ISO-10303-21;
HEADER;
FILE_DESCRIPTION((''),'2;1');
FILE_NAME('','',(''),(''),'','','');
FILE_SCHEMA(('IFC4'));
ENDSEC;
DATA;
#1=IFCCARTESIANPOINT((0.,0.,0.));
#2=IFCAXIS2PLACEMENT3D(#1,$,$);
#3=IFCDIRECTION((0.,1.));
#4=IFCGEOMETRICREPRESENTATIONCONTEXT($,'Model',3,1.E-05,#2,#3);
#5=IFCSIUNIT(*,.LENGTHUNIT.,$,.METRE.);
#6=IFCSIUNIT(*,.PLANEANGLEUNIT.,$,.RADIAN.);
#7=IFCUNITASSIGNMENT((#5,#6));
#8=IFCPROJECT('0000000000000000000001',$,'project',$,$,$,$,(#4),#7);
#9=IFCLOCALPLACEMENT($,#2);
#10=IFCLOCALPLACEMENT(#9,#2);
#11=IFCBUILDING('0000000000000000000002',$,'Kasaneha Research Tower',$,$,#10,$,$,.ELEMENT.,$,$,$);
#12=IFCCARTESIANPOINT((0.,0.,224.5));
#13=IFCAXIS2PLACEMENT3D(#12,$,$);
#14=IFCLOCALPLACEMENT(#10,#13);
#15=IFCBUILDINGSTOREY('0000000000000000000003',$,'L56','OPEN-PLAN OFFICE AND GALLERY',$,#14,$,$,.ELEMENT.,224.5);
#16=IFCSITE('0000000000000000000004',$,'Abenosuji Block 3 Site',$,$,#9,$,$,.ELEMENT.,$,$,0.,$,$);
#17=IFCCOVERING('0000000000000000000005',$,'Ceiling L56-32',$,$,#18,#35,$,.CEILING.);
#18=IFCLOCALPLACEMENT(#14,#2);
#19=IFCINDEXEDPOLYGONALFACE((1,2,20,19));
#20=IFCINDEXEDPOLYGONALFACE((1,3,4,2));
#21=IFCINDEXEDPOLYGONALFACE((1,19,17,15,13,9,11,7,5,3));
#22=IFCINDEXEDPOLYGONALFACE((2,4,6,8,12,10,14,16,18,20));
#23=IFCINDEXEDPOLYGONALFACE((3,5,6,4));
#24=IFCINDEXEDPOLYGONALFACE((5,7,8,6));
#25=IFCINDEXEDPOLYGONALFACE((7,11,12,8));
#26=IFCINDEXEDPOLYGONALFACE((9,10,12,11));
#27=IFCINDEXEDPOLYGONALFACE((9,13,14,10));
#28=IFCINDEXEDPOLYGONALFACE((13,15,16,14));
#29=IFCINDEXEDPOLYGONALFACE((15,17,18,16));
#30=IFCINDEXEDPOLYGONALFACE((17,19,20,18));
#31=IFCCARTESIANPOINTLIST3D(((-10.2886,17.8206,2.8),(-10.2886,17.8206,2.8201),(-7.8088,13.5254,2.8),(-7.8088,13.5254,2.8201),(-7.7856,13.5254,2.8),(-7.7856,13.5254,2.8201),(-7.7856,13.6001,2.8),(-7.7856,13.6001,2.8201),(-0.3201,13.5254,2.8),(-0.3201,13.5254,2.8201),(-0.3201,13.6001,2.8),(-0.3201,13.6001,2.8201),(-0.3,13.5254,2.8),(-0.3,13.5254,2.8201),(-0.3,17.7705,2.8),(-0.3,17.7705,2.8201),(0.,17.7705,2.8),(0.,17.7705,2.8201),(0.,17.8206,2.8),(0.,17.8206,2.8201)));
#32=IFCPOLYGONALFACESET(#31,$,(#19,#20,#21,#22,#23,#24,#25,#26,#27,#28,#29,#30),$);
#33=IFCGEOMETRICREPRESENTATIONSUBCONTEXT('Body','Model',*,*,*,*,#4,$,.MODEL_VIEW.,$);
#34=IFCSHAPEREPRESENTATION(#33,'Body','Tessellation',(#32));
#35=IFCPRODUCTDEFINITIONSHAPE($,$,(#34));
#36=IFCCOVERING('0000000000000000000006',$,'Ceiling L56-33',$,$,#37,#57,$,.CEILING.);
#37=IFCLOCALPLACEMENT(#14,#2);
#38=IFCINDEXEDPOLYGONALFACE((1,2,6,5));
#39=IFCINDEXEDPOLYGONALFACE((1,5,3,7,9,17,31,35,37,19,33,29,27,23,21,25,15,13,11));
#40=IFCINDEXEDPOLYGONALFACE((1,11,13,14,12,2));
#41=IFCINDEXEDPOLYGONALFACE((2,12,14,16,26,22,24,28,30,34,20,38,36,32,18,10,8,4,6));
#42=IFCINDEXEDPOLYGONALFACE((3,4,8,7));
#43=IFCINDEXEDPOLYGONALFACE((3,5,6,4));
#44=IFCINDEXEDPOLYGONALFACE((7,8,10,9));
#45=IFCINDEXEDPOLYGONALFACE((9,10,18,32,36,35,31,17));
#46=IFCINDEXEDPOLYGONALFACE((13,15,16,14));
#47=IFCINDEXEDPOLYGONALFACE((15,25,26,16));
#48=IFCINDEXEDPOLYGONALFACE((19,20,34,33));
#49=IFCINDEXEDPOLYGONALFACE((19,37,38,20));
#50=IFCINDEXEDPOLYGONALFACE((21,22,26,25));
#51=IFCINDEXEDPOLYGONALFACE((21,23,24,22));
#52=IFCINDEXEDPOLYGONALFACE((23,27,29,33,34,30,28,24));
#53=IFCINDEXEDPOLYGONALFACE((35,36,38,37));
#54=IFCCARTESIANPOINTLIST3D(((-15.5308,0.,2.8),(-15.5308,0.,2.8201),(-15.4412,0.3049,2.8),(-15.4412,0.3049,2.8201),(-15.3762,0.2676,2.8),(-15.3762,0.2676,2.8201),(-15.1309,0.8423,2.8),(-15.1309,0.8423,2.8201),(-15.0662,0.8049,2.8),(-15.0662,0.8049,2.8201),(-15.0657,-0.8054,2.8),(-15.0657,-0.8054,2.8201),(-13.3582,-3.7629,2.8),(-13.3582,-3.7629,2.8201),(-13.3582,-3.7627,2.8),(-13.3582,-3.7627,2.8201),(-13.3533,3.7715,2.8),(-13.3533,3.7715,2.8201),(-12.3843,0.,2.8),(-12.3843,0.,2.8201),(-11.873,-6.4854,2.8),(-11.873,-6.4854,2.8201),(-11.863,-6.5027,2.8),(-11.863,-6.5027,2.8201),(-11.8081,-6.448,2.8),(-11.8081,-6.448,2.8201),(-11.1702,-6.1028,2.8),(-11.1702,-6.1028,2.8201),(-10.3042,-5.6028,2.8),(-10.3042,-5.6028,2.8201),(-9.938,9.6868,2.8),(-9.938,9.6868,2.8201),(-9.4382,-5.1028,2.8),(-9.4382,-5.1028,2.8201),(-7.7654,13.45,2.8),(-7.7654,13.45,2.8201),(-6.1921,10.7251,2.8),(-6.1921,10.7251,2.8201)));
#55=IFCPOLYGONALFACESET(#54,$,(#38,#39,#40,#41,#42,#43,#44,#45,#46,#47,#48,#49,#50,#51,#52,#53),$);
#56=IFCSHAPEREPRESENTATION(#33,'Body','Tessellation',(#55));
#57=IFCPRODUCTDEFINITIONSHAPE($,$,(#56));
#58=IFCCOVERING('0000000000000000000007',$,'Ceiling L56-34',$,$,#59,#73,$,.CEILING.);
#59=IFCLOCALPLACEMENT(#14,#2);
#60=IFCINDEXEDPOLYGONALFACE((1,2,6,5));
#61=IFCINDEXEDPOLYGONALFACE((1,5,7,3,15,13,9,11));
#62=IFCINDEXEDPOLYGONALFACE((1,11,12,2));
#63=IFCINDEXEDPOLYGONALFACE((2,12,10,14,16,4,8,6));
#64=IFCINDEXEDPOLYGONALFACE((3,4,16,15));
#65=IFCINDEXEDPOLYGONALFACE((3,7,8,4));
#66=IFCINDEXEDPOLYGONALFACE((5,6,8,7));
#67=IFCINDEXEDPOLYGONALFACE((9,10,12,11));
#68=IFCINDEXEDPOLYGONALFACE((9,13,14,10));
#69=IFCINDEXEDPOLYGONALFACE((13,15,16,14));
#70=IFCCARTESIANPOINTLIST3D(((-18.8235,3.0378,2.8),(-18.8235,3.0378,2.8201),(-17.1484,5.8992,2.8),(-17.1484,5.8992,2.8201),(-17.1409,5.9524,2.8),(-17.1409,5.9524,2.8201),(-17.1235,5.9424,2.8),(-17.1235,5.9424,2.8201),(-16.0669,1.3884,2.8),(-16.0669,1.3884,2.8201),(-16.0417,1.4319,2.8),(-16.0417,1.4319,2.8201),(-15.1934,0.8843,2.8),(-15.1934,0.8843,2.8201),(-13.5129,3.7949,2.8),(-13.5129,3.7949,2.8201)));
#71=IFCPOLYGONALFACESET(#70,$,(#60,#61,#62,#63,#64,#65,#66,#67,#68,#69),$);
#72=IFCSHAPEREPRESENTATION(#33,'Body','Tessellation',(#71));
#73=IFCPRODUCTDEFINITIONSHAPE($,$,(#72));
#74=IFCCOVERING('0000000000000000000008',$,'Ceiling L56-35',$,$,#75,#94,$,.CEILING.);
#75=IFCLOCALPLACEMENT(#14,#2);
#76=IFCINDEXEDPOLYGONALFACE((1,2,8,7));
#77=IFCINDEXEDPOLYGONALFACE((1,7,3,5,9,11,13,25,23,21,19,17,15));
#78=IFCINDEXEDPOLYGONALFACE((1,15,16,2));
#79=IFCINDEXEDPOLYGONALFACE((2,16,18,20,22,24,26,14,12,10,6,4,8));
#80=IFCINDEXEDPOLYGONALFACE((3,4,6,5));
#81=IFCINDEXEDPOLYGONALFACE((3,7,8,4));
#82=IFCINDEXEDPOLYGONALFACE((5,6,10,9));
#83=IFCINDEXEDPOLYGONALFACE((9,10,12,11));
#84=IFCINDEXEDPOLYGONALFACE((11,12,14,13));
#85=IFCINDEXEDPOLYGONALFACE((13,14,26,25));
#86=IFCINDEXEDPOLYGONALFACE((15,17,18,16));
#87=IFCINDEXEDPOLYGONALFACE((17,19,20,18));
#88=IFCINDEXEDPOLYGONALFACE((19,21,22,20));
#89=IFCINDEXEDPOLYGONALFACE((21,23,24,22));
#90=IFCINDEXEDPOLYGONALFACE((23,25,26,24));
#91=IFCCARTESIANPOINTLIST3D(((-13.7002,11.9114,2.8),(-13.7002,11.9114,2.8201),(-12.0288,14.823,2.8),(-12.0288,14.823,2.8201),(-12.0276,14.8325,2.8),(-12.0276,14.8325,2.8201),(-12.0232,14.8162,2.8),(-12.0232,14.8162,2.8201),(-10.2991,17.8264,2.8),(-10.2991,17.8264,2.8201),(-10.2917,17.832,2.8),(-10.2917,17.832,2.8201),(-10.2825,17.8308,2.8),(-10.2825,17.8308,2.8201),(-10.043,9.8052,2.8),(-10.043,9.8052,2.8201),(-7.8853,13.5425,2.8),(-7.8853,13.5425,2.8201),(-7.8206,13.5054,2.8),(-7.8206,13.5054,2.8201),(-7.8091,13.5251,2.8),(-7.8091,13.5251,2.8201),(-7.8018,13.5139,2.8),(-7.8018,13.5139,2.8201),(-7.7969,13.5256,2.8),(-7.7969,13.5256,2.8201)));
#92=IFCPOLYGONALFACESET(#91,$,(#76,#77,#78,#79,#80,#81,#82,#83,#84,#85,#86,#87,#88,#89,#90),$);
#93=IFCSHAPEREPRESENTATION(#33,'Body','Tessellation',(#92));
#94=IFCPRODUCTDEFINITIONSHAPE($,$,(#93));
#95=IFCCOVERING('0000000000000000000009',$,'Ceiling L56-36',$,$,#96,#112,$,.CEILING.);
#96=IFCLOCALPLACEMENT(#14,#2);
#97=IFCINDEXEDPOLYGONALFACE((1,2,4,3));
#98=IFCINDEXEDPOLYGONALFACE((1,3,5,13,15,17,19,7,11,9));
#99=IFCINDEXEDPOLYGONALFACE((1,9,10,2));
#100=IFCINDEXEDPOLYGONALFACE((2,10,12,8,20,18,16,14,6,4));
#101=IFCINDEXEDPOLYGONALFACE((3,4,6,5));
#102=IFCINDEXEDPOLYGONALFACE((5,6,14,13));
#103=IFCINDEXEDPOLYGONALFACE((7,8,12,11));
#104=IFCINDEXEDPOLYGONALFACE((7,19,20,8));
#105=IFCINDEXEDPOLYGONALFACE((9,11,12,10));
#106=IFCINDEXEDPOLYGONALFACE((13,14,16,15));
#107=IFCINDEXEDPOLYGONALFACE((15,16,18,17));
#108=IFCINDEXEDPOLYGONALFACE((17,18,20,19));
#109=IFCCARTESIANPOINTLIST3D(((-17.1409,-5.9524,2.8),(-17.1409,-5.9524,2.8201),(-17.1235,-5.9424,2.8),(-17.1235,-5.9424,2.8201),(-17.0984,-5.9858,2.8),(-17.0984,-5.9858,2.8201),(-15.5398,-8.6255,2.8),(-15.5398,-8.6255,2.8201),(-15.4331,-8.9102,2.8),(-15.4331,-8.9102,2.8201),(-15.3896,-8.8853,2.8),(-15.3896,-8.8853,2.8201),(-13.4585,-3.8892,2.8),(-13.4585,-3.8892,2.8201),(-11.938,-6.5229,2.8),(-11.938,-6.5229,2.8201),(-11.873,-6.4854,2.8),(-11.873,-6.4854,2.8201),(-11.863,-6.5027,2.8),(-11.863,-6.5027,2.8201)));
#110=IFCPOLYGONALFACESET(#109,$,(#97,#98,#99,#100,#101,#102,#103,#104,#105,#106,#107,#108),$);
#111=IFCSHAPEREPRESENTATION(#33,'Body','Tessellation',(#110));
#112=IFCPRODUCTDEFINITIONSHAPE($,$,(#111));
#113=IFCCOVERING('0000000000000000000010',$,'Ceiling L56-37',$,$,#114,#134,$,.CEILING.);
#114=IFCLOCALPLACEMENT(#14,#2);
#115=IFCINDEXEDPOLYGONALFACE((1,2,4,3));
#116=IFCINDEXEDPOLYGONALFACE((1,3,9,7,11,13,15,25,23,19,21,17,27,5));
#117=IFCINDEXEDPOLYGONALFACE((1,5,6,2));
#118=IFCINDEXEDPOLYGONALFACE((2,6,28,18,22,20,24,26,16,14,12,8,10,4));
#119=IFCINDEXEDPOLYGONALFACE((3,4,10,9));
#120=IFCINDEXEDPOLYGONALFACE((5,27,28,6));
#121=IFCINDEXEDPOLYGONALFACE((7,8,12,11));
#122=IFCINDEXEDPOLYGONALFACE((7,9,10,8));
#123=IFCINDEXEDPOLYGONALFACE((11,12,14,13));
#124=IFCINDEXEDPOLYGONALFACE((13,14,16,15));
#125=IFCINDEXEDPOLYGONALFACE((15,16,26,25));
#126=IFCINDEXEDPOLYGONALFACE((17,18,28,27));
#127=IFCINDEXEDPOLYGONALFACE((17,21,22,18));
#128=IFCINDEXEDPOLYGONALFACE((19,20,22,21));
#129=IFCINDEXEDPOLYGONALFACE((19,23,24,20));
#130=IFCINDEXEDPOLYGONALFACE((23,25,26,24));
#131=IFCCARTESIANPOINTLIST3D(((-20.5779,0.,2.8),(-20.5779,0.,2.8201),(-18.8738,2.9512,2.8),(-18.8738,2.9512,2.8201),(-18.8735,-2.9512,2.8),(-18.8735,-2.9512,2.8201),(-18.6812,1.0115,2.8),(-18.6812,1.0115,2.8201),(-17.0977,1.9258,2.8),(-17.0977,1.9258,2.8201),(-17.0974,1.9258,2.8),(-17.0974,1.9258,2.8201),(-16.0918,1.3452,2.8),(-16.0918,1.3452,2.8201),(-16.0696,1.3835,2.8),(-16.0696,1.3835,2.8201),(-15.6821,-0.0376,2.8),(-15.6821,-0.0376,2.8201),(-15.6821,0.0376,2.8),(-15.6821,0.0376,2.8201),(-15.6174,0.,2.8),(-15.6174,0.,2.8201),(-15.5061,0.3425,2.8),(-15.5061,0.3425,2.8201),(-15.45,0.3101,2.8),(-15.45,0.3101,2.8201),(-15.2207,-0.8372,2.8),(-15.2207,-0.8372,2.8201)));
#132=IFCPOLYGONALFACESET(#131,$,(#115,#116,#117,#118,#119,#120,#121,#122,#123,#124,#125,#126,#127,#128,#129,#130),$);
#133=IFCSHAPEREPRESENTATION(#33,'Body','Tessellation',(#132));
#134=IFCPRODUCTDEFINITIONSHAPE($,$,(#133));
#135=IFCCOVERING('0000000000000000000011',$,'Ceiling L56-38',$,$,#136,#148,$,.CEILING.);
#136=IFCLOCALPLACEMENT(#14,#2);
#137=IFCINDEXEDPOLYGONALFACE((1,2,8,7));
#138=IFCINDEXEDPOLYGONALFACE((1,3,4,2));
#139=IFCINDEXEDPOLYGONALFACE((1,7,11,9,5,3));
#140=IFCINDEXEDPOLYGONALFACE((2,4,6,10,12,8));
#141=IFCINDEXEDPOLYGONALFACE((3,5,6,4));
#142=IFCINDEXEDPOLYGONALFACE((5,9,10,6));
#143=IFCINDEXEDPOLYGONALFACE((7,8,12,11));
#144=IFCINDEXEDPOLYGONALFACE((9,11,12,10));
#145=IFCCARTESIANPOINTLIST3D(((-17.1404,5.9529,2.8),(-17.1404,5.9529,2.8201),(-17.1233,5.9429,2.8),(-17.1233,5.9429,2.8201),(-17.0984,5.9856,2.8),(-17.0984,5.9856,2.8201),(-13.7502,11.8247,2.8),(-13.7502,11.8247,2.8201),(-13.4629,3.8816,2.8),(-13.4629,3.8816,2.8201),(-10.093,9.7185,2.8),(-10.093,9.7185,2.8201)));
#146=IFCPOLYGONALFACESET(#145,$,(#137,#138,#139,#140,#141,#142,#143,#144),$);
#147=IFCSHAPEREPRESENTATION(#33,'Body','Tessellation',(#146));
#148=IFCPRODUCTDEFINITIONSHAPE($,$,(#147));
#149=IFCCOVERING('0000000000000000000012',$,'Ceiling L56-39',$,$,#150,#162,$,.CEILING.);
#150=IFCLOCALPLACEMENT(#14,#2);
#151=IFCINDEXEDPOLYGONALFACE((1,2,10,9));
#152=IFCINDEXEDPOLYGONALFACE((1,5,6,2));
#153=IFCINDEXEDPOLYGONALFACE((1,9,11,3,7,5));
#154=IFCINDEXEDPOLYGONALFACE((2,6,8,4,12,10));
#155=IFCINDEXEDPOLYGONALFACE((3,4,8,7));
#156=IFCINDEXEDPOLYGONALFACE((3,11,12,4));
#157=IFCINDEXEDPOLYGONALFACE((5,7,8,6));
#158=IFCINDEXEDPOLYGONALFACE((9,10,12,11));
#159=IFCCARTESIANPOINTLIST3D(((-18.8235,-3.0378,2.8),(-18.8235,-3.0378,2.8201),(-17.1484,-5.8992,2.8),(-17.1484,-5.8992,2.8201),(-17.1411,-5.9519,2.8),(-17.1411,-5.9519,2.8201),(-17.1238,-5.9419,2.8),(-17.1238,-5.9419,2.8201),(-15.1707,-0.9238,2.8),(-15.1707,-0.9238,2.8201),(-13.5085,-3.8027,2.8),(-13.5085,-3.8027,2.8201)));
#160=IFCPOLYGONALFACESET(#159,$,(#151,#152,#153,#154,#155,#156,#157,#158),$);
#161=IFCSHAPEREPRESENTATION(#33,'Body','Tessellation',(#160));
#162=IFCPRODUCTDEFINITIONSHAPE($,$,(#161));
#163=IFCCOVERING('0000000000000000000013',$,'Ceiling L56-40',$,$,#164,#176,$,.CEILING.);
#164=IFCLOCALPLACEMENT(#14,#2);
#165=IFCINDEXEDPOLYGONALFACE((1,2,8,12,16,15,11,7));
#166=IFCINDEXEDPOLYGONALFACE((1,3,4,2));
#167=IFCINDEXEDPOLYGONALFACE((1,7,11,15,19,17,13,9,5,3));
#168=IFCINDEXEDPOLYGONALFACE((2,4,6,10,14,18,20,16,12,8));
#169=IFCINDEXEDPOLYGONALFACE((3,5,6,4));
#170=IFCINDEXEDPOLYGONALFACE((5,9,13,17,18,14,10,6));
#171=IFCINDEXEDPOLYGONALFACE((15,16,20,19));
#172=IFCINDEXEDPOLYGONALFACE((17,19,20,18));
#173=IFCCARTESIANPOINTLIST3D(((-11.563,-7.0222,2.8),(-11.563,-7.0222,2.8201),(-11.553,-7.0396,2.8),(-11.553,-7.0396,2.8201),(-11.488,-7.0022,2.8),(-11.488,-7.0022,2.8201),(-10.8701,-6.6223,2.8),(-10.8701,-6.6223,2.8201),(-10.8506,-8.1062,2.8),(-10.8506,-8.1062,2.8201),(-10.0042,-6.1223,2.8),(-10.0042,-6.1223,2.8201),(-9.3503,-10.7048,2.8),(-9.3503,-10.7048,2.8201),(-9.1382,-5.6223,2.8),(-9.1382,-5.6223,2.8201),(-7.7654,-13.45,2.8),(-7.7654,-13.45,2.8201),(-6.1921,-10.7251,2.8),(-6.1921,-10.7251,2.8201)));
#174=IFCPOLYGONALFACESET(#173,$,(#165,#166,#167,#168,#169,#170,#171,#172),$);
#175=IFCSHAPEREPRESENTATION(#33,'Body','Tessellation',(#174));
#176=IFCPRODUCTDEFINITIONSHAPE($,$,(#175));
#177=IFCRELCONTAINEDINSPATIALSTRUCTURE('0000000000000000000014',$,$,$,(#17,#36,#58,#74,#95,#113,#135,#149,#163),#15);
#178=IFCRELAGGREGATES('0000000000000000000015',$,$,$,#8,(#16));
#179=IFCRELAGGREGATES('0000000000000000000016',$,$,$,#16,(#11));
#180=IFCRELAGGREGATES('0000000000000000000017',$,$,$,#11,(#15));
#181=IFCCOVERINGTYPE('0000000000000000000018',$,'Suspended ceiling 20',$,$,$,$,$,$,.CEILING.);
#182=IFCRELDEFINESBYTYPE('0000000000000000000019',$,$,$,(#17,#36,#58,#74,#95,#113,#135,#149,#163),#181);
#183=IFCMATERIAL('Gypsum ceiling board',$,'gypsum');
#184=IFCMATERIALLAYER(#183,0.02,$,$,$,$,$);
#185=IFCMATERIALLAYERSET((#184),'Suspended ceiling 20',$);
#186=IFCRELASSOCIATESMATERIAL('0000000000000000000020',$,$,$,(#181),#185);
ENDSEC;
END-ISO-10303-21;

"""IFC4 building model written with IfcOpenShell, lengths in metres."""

from ifc_helpers import new_model, si_unit, direction, frame, origin, place, context, subcontext, project, spatial, polyline, outline, extrude, material, layer, layer_set, type_object, element, save


model = new_model("IFC4")

# Units and contexts
model_context = context("Model", 3, precision=1e-05, world=origin(), true_north=direction((0.0, 1.0)))
body_context = subcontext(model_context, "Body", "Model", "MODEL_VIEW")
ifc_project = project(units=[si_unit("LENGTHUNIT", "METRE"), si_unit("PLANEANGLEUNIT", "RADIAN")], contexts=[model_context])

# Site, building, storey
site_placement = place(None, origin())
site = spatial("IfcSite", under=ifc_project, at=site_placement, Name="Abenosuji Block 3 Site", CompositionType="ELEMENT", RefElevation=0.0)
building_placement = place(site_placement, origin())
building = spatial("IfcBuilding", under=site, at=building_placement, Name="Kasaneha Research Tower", CompositionType="ELEMENT")
storey_placement = place(building_placement, frame((0.0, 0.0, 224.5)))
storey = spatial("IfcBuildingStorey", under=building, at=storey_placement, Name="L56", Description="OPEN-PLAN OFFICE AND GALLERY", CompositionType="ELEMENT", Elevation=224.5)

# Coverings
ifc_material_1 = material(Name="Gypsum ceiling board", Category="gypsum")
ifc_layer_1 = layer(ifc_material_1, 0.02)
ifc_layer_set_1 = layer_set([ifc_layer_1], Name="Suspended ceiling 20")
covering_type_1 = type_object("IfcCoveringType", Name="Suspended ceiling 20", PredefinedType="CEILING", material=ifc_layer_set_1)
covering_1_placement = place(storey_placement, frame((0.0, 0.0, 2.8)))
element("IfcCovering", 1, at=covering_1_placement, inside=storey, type_object=covering_type_1, Name="Ceiling L56-32", PredefinedType="CEILING", context=body_context, shape_type="SweptSolid", body=[
    extrude(outline(polyline([(-0.3201, 13.5254), (-0.3201, 13.6001), (-7.7856, 13.6001), (-7.7856, 13.5254), (-7.8088, 13.5254), (-10.2886, 17.8206), (0.0, 17.8206), (0.0, 17.7705), (-0.3, 17.7705), (-0.3, 17.7705), (-0.3, 13.5254), (-0.3201, 13.5254)])), origin(), (0.0, 0.0, 1.0), 0.02),
])
covering_2_placement = place(storey_placement, frame((0.0, 0.0, 2.8)))
element("IfcCovering", 2, at=covering_2_placement, inside=storey, type_object=covering_type_1, Name="Ceiling L56-33", PredefinedType="CEILING", context=body_context, shape_type="SweptSolid", body=[
    extrude(outline(polyline([(-12.3843, 0.0), (-9.4382, -5.1028), (-10.3042, -5.6028), (-10.3042, -5.6028), (-11.1702, -6.1028), (-11.1702, -6.1028), (-11.863, -6.5027), (-11.873, -6.4854), (-11.8081, -6.448), (-13.3582, -3.7627), (-13.3582, -3.7629), (-15.0657, -0.8054), (-15.0657, -0.8054), (-15.5308, 0.0), (-15.3762, 0.2676), (-15.4412, 0.3049), (-15.1309, 0.8423), (-15.0662, 0.8049), (-13.3533, 3.7715), (-13.3533, 3.7715), (-9.938, 9.6868), (-9.938, 9.6868), (-7.7654, 13.45), (-6.1921, 10.7251), (-12.3843, 0.0)])), origin(), (0.0, 0.0, 1.0), 0.02),
])
covering_3_placement = place(storey_placement, frame((0.0, 0.0, 2.8)))
element("IfcCovering", 3, at=covering_3_placement, inside=storey, type_object=covering_type_1, Name="Ceiling L56-34", PredefinedType="CEILING", context=body_context, shape_type="SweptSolid", body=[
    extrude(outline(polyline([(-17.1235, 5.9424), (-17.1484, 5.8992), (-13.5129, 3.7949), (-15.1934, 0.8843), (-16.0669, 1.3884), (-16.0417, 1.4319), (-18.8235, 3.0378), (-17.1409, 5.9524), (-17.1235, 5.9424)])), origin(), (0.0, 0.0, 1.0), 0.02),
])
covering_4_placement = place(storey_placement, frame((0.0, 0.0, 2.8)))
element("IfcCovering", 4, at=covering_4_placement, inside=storey, type_object=covering_type_1, Name="Ceiling L56-35", PredefinedType="CEILING", context=body_context, shape_type="SweptSolid", body=[
    extrude(outline(polyline([(-12.0276, 14.8325), (-10.2991, 17.8264), (-10.2917, 17.832), (-10.2825, 17.8308), (-7.7969, 13.5256), (-7.8018, 13.5139), (-7.8091, 13.5251), (-7.8206, 13.5054), (-7.8853, 13.5425), (-10.043, 9.8052), (-13.7002, 11.9114), (-12.0232, 14.8162), (-12.0288, 14.823), (-12.0276, 14.8325)])), origin(), (0.0, 0.0, 1.0), 0.02),
])
covering_5_placement = place(storey_placement, frame((0.0, 0.0, 2.8)))
element("IfcCovering", 5, at=covering_5_placement, inside=storey, type_object=covering_type_1, Name="Ceiling L56-36", PredefinedType="CEILING", context=body_context, shape_type="SweptSolid", body=[
    extrude(outline(polyline([(-15.5398, -8.6255), (-15.5398, -8.6255), (-15.3896, -8.8853), (-15.4331, -8.9102), (-17.1409, -5.9524), (-17.1235, -5.9424), (-17.0984, -5.9858), (-13.4585, -3.8892), (-11.938, -6.5229), (-11.873, -6.4854), (-11.863, -6.5027), (-11.6033, -6.3528), (-15.5398, -8.6255), (-15.5398, -8.6255)])), origin(), (0.0, 0.0, 1.0), 0.02),
])
covering_6_placement = place(storey_placement, frame((0.0, 0.0, 2.8)))
element("IfcCovering", 6, at=covering_6_placement, inside=storey, type_object=covering_type_1, Name="Ceiling L56-37", PredefinedType="CEILING", context=body_context, shape_type="SweptSolid", body=[
    extrude(outline(polyline([(-20.5779, 0.0), (-18.8738, 2.9512), (-17.0977, 1.9258), (-18.6812, 1.0115), (-17.0974, 1.9258), (-16.0918, 1.3452), (-16.0696, 1.3835), (-15.45, 0.3101), (-15.5061, 0.3425), (-15.6821, 0.0376), (-15.6174, 0.0), (-15.6174, 0.0), (-15.6174, 0.0), (-15.6821, -0.0376), (-15.2207, -0.8372), (-18.8735, -2.9512), (-20.5779, 0.0)])), origin(), (0.0, 0.0, 1.0), 0.02),
])
covering_7_placement = place(storey_placement, frame((0.0, 0.0, 2.8)))
element("IfcCovering", 7, at=covering_7_placement, inside=storey, type_object=covering_type_1, Name="Ceiling L56-38", PredefinedType="CEILING", context=body_context, shape_type="SweptSolid", body=[
    extrude(outline(polyline([(-17.1404, 5.9529), (-13.7502, 11.8247), (-10.093, 9.7185), (-13.4629, 3.8816), (-17.0984, 5.9856), (-17.1233, 5.9429), (-17.1404, 5.9529)])), origin(), (0.0, 0.0, 1.0), 0.02),
])
covering_8_placement = place(storey_placement, frame((0.0, 0.0, 2.8)))
element("IfcCovering", 8, at=covering_8_placement, inside=storey, type_object=covering_type_1, Name="Ceiling L56-39", PredefinedType="CEILING", context=body_context, shape_type="SweptSolid", body=[
    extrude(outline(polyline([(-17.1411, -5.9519), (-18.8235, -3.0378), (-15.1707, -0.9238), (-13.5085, -3.8027), (-17.1484, -5.8992), (-17.1238, -5.9419), (-17.1411, -5.9519)])), origin(), (0.0, 0.0, 1.0), 0.02),
])
covering_9_placement = place(storey_placement, frame((0.0, 0.0, 2.8)))
element("IfcCovering", 9, at=covering_9_placement, inside=storey, type_object=covering_type_1, Name="Ceiling L56-40", PredefinedType="CEILING", context=body_context, shape_type="SweptSolid", body=[
    extrude(outline(polyline([(-10.8701, -6.6223), (-10.0042, -6.1223), (-10.0042, -6.1223), (-9.1382, -5.6223), (-6.1921, -10.7251), (-7.7654, -13.45), (-9.3503, -10.7048), (-9.3503, -10.7048), (-10.8506, -8.1062), (-10.8506, -8.1062), (-11.488, -7.0022), (-11.553, -7.0396), (-11.563, -7.0222), (-10.8701, -6.6223), (-10.8701, -6.6223)])), origin(), (0.0, 0.0, 1.0), 0.02),
])

save(model, "model.ifc")
